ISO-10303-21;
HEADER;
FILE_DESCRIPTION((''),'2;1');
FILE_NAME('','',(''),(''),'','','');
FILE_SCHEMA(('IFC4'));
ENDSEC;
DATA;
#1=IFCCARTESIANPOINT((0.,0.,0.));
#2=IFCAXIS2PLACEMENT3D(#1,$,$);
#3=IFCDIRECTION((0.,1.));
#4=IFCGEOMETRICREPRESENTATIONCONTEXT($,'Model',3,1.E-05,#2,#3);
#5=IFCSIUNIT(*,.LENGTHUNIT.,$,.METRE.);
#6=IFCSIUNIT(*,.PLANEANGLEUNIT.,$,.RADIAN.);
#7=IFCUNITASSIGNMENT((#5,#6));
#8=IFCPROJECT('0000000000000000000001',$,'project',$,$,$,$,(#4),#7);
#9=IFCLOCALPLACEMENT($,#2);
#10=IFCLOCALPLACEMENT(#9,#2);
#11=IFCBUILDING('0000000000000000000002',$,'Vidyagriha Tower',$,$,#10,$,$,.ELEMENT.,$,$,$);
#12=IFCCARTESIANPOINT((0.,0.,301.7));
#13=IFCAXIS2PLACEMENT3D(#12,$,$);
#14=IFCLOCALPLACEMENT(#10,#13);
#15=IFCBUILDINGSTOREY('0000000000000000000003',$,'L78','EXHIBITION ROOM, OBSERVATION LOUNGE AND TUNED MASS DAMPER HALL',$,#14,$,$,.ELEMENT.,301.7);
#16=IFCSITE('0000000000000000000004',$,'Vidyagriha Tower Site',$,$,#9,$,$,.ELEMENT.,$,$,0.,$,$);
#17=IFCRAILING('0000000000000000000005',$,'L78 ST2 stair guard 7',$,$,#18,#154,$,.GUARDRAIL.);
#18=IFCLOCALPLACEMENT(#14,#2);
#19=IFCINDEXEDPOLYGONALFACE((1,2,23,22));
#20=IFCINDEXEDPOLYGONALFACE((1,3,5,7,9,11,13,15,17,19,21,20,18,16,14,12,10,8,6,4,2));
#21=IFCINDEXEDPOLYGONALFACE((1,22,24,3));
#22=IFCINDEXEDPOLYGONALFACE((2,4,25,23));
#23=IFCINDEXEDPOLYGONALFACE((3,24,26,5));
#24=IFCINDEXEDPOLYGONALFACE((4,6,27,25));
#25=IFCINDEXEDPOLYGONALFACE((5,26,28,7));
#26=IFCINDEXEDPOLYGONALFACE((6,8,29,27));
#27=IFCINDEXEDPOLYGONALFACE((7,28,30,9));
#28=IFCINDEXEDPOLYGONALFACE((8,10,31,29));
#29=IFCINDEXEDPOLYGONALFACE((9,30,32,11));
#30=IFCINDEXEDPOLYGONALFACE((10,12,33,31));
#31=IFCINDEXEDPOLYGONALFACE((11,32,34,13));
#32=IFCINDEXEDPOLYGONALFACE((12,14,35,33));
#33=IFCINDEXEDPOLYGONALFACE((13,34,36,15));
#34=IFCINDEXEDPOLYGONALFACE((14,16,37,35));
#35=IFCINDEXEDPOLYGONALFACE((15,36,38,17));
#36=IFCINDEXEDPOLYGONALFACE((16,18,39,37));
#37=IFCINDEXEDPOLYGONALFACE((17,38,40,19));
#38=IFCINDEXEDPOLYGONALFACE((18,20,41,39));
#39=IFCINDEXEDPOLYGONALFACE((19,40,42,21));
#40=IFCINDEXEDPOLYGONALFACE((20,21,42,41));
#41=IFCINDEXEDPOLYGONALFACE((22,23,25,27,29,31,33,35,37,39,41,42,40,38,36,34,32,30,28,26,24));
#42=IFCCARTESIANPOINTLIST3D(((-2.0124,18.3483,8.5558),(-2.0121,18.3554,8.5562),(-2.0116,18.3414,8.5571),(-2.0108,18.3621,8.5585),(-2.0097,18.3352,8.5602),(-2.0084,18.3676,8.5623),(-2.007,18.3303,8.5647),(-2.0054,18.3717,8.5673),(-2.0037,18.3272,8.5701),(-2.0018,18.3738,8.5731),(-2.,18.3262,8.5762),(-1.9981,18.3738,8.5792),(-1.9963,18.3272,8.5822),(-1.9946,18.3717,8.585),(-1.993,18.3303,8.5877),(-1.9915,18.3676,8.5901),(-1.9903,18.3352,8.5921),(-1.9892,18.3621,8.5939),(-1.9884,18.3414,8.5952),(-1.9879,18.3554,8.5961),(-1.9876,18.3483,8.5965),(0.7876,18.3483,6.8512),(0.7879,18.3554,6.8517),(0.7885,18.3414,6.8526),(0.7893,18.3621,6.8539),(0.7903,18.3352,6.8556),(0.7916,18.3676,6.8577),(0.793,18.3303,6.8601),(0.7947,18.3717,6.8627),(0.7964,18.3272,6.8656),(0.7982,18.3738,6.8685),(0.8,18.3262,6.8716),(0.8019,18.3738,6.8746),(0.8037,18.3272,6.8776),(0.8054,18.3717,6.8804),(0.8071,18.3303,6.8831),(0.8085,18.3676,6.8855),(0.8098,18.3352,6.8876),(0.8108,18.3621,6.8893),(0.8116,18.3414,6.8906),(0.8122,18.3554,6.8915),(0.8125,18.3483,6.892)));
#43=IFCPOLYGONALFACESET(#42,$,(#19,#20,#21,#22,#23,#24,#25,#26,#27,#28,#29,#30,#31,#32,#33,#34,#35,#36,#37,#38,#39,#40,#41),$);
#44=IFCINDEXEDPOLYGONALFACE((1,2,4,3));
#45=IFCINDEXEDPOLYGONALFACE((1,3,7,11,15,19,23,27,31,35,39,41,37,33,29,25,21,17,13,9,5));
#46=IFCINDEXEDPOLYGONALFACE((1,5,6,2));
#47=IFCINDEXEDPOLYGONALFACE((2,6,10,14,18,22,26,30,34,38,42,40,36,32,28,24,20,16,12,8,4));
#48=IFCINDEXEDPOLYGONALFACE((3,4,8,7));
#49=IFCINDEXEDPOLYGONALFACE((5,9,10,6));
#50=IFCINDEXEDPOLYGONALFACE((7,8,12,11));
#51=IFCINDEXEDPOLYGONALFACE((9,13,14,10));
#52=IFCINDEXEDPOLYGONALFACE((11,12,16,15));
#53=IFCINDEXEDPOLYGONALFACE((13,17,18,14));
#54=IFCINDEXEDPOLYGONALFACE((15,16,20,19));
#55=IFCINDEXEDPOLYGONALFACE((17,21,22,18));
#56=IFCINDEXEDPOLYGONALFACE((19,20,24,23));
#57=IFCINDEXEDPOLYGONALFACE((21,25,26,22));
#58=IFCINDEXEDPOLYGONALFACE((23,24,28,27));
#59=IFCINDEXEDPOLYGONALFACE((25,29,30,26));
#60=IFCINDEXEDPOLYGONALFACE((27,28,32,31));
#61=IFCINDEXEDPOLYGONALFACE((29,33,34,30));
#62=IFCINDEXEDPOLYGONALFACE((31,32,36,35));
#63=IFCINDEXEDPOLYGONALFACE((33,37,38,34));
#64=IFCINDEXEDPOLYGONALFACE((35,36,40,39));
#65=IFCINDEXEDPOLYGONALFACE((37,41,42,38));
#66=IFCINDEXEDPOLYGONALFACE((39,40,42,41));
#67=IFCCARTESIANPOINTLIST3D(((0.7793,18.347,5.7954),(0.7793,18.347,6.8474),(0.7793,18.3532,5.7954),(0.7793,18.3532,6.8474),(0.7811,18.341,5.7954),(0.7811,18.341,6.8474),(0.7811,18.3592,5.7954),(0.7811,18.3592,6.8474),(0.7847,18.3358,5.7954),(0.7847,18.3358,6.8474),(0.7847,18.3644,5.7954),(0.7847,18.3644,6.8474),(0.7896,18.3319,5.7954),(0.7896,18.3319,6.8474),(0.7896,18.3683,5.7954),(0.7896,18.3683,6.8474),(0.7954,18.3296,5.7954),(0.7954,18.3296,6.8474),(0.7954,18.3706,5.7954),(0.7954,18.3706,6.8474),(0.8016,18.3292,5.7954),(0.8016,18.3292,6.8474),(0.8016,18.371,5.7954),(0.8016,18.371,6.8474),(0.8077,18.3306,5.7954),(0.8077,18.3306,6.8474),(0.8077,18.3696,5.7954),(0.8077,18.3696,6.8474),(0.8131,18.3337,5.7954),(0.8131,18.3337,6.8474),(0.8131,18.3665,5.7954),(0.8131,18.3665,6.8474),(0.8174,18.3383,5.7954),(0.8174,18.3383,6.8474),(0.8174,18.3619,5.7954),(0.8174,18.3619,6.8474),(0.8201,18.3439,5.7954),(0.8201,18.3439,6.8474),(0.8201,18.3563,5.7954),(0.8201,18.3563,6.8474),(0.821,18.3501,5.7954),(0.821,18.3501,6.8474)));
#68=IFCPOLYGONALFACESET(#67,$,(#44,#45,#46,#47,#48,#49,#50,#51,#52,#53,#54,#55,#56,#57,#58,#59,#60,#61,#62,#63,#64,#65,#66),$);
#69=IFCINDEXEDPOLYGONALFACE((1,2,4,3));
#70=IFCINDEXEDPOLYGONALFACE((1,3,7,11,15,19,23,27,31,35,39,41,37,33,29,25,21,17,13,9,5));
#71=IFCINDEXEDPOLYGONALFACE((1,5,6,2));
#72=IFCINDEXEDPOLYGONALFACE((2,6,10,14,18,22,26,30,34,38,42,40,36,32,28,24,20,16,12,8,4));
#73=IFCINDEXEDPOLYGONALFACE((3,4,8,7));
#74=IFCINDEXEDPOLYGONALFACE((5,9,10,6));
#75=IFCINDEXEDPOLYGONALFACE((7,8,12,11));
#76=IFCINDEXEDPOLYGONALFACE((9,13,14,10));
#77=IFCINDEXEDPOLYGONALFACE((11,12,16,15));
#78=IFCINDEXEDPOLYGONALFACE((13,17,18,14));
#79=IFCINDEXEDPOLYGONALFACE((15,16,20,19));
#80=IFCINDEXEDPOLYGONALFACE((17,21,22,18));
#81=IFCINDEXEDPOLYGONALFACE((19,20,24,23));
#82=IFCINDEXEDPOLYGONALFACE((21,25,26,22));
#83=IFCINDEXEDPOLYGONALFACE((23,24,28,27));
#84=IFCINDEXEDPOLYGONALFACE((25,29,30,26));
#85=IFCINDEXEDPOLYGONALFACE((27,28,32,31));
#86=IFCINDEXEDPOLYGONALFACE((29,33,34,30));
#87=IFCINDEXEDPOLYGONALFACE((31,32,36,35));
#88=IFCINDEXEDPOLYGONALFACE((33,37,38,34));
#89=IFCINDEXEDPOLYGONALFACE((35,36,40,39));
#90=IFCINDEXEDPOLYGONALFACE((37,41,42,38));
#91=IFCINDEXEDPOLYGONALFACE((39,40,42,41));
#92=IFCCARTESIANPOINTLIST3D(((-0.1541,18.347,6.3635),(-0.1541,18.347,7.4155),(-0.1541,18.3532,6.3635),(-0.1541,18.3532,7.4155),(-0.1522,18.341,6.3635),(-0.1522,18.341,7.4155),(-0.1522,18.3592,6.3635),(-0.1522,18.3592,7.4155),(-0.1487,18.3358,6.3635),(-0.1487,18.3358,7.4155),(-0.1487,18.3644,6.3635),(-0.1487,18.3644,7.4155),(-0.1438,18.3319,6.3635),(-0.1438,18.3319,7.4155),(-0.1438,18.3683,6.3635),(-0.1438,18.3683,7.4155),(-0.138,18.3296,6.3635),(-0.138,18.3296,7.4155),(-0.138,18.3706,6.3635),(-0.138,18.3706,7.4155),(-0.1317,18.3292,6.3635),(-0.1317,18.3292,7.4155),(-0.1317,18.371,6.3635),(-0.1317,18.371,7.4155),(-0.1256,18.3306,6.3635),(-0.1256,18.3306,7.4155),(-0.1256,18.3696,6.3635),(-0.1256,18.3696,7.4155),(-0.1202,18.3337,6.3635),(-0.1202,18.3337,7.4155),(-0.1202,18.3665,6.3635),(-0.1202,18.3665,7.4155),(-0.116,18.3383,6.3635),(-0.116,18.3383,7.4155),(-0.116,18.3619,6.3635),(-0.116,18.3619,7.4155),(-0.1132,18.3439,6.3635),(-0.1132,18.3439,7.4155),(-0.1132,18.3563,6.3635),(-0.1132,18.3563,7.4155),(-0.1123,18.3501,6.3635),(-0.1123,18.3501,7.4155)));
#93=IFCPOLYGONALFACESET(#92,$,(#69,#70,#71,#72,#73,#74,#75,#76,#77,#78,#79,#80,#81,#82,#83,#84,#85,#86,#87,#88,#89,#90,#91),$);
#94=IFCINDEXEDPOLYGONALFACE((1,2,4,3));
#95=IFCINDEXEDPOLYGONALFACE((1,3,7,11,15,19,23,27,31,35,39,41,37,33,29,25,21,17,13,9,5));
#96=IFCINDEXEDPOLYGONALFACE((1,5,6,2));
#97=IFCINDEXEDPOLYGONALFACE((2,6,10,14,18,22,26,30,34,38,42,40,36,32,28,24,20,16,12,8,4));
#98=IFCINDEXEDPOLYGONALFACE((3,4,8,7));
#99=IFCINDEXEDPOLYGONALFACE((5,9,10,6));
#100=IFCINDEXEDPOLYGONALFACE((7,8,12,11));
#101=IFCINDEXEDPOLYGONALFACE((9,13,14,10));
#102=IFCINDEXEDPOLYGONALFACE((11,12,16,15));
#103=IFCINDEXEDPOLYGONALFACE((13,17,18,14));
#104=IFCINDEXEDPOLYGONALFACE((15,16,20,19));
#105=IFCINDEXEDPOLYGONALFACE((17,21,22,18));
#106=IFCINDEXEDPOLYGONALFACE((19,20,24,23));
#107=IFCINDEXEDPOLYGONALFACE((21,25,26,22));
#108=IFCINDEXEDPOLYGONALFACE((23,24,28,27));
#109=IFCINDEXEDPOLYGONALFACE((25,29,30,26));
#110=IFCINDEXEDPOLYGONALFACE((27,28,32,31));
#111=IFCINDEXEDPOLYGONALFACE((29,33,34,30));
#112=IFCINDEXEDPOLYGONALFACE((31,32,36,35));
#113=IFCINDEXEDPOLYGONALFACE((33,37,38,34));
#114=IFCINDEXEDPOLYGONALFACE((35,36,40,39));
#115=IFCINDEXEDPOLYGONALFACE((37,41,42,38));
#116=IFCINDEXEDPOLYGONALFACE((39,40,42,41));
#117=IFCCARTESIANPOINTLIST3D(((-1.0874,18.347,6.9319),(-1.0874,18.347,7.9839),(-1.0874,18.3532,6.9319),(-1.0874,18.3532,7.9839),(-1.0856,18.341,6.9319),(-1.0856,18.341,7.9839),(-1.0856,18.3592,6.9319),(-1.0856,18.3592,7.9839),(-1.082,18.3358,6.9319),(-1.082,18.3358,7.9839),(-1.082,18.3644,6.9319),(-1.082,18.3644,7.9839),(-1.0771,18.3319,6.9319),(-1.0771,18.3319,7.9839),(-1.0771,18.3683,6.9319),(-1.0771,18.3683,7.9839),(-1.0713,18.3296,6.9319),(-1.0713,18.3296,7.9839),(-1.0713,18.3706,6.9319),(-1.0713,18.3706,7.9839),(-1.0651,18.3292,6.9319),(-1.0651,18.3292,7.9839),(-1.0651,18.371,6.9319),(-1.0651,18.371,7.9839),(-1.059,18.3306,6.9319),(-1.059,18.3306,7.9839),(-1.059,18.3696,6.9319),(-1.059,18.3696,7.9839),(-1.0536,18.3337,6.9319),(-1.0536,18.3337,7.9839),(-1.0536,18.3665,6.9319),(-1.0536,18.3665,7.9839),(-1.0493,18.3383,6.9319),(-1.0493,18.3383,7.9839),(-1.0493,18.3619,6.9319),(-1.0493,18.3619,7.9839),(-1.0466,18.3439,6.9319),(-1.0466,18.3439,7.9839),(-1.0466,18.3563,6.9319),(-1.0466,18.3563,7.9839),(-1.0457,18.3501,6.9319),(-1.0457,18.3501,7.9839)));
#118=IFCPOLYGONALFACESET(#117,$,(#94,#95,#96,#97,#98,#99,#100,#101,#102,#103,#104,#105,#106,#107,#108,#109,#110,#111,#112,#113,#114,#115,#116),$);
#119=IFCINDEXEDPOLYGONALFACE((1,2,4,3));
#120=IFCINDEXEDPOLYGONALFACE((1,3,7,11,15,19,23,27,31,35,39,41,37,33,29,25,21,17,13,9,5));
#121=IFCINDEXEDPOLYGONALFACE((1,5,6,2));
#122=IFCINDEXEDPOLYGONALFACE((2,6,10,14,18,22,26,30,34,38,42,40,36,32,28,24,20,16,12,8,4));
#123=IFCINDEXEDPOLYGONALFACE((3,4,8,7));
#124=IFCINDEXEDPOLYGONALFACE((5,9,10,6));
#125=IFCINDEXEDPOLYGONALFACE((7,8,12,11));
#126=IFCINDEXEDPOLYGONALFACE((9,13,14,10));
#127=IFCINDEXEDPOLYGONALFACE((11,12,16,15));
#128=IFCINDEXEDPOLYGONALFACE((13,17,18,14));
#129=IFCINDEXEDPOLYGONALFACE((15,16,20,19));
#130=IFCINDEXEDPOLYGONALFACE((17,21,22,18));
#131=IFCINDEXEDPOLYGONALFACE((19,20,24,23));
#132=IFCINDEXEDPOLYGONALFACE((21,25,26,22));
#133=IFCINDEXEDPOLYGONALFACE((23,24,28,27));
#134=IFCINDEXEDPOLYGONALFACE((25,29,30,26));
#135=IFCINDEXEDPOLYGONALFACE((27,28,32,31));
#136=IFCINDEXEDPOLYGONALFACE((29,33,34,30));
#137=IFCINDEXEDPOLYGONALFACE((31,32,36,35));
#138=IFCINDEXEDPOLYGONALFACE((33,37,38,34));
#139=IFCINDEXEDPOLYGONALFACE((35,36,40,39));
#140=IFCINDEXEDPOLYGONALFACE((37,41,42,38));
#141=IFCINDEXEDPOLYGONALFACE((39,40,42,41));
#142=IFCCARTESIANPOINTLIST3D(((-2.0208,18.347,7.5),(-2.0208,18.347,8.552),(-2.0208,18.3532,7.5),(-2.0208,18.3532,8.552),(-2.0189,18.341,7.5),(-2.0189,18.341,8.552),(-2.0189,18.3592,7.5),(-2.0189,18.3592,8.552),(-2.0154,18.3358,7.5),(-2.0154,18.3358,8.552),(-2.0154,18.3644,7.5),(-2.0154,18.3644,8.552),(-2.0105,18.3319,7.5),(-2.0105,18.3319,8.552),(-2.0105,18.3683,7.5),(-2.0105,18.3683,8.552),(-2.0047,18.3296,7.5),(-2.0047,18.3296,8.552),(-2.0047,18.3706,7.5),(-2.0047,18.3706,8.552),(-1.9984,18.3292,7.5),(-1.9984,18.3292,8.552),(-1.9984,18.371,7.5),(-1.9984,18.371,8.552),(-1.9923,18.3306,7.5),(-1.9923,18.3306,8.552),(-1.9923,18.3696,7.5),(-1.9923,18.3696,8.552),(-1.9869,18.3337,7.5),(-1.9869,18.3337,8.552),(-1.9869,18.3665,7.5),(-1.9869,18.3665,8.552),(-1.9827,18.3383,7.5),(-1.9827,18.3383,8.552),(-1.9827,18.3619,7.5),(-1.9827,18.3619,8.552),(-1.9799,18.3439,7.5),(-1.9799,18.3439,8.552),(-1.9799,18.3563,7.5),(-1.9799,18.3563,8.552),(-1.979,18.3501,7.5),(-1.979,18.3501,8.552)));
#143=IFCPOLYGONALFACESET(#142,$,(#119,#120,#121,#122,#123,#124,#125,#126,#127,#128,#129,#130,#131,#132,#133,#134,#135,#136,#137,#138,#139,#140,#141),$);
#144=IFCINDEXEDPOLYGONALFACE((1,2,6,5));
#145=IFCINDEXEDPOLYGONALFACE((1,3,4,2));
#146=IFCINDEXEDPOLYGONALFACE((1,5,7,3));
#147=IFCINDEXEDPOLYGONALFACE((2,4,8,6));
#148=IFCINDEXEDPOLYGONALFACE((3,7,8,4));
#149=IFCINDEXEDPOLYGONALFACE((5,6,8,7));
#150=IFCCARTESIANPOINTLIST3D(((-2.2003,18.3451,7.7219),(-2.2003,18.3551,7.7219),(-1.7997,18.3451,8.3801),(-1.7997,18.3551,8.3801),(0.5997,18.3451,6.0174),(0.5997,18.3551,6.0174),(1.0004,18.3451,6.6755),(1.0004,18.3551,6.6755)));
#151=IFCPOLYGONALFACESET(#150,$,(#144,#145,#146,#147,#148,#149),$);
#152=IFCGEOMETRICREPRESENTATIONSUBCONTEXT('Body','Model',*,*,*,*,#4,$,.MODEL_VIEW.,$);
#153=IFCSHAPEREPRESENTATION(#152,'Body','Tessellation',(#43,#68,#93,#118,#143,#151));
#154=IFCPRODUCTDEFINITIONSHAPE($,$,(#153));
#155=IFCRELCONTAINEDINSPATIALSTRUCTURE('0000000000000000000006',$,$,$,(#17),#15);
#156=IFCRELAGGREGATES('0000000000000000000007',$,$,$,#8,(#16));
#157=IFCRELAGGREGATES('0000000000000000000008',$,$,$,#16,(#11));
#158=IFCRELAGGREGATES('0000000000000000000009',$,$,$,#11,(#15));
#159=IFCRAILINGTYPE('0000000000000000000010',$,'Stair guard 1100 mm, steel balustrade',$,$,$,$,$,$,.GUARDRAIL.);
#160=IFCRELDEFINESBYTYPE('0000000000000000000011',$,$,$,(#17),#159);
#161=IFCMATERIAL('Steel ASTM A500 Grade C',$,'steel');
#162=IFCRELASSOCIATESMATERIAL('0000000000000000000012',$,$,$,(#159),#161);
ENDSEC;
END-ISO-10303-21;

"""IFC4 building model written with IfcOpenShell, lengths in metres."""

from ifc_helpers import new_model, si_unit, direction, frame, origin, origin_2d, place, context, subcontext, project, spatial, rectangle, circle, extrude, material, type_object, element, save


model = new_model("IFC4")

# Units and contexts
model_context = context("Model", 3, precision=1e-05, world=origin(), true_north=direction((0.0, 1.0)))
body_context = subcontext(model_context, "Body", "Model", "MODEL_VIEW")
ifc_project = project(units=[si_unit("LENGTHUNIT", "METRE"), si_unit("PLANEANGLEUNIT", "RADIAN")], contexts=[model_context])

# Site, building, storey
site_placement = place(None, origin())
site = spatial("IfcSite", under=ifc_project, at=site_placement, Name="Vidyagriha Tower Site", CompositionType="ELEMENT", RefElevation=0.0)
building_placement = place(site_placement, origin())
building = spatial("IfcBuilding", under=site, at=building_placement, Name="Vidyagriha Tower", CompositionType="ELEMENT")
storey_placement = place(building_placement, frame((0.0, 0.0, 301.7)))
storey = spatial("IfcBuildingStorey", under=building, at=storey_placement, Name="L78", Description="EXHIBITION ROOM, OBSERVATION LOUNGE AND TUNED MASS DAMPER HALL", CompositionType="ELEMENT", Elevation=301.7)

# Railing
ifc_material_1 = material(Name="Steel ASTM A500 Grade C", Category="steel")
railing_type_1 = type_object("IfcRailingType", Name="Stair guard 1100 mm, steel balustrade", PredefinedType="GUARDRAIL", material=ifc_material_1)
railing_1_placement = place(storey_placement, frame((0.8, 18.3501, 5.7954)))
element("IfcRailing", 1, at=railing_1_placement, inside=storey, type_object=railing_type_1, Name="L78 ST2 stair guard 7", PredefinedType="GUARDRAIL", context=body_context, shape_type="SweptSolid", body=[
    extrude(circle(Radius=0.0239, at=origin_2d()), frame((0.0, 0.0, 1.0762), z_axis=(-0.85417, 0.0, 0.519994), x_axis=(0.0, -1.0, 0.0)), (0.0, 0.0, 1.0), 3.2781),
    extrude(circle(Radius=0.021, at=origin_2d()), origin(), (0.0, 0.0, 1.0), 1.052),
    extrude(circle(Radius=0.021, at=origin_2d()), frame((-0.9333, 0.0, 0.5681)), (0.0, 0.0, 1.0), 1.052),
    extrude(circle(Radius=0.021, at=origin_2d()), frame((-1.8667, 0.0, 1.1365)), (0.0, 0.0, 1.0), 1.052),
    extrude(circle(Radius=0.021, at=origin_2d()), frame((-2.8, 0.0, 1.7046)), (0.0, 0.0, 1.0), 1.052),
    extrude(rectangle(XDim=0.01, YDim=0.7705, at=origin_2d()), frame((0.0, 0.0, 0.551), z_axis=(-0.85417, 0.0, 0.519994), x_axis=(0.0, -1.0, 0.0)), (0.0, 0.0, 1.0), 3.2781),
])

save(model, "model.ifc")
